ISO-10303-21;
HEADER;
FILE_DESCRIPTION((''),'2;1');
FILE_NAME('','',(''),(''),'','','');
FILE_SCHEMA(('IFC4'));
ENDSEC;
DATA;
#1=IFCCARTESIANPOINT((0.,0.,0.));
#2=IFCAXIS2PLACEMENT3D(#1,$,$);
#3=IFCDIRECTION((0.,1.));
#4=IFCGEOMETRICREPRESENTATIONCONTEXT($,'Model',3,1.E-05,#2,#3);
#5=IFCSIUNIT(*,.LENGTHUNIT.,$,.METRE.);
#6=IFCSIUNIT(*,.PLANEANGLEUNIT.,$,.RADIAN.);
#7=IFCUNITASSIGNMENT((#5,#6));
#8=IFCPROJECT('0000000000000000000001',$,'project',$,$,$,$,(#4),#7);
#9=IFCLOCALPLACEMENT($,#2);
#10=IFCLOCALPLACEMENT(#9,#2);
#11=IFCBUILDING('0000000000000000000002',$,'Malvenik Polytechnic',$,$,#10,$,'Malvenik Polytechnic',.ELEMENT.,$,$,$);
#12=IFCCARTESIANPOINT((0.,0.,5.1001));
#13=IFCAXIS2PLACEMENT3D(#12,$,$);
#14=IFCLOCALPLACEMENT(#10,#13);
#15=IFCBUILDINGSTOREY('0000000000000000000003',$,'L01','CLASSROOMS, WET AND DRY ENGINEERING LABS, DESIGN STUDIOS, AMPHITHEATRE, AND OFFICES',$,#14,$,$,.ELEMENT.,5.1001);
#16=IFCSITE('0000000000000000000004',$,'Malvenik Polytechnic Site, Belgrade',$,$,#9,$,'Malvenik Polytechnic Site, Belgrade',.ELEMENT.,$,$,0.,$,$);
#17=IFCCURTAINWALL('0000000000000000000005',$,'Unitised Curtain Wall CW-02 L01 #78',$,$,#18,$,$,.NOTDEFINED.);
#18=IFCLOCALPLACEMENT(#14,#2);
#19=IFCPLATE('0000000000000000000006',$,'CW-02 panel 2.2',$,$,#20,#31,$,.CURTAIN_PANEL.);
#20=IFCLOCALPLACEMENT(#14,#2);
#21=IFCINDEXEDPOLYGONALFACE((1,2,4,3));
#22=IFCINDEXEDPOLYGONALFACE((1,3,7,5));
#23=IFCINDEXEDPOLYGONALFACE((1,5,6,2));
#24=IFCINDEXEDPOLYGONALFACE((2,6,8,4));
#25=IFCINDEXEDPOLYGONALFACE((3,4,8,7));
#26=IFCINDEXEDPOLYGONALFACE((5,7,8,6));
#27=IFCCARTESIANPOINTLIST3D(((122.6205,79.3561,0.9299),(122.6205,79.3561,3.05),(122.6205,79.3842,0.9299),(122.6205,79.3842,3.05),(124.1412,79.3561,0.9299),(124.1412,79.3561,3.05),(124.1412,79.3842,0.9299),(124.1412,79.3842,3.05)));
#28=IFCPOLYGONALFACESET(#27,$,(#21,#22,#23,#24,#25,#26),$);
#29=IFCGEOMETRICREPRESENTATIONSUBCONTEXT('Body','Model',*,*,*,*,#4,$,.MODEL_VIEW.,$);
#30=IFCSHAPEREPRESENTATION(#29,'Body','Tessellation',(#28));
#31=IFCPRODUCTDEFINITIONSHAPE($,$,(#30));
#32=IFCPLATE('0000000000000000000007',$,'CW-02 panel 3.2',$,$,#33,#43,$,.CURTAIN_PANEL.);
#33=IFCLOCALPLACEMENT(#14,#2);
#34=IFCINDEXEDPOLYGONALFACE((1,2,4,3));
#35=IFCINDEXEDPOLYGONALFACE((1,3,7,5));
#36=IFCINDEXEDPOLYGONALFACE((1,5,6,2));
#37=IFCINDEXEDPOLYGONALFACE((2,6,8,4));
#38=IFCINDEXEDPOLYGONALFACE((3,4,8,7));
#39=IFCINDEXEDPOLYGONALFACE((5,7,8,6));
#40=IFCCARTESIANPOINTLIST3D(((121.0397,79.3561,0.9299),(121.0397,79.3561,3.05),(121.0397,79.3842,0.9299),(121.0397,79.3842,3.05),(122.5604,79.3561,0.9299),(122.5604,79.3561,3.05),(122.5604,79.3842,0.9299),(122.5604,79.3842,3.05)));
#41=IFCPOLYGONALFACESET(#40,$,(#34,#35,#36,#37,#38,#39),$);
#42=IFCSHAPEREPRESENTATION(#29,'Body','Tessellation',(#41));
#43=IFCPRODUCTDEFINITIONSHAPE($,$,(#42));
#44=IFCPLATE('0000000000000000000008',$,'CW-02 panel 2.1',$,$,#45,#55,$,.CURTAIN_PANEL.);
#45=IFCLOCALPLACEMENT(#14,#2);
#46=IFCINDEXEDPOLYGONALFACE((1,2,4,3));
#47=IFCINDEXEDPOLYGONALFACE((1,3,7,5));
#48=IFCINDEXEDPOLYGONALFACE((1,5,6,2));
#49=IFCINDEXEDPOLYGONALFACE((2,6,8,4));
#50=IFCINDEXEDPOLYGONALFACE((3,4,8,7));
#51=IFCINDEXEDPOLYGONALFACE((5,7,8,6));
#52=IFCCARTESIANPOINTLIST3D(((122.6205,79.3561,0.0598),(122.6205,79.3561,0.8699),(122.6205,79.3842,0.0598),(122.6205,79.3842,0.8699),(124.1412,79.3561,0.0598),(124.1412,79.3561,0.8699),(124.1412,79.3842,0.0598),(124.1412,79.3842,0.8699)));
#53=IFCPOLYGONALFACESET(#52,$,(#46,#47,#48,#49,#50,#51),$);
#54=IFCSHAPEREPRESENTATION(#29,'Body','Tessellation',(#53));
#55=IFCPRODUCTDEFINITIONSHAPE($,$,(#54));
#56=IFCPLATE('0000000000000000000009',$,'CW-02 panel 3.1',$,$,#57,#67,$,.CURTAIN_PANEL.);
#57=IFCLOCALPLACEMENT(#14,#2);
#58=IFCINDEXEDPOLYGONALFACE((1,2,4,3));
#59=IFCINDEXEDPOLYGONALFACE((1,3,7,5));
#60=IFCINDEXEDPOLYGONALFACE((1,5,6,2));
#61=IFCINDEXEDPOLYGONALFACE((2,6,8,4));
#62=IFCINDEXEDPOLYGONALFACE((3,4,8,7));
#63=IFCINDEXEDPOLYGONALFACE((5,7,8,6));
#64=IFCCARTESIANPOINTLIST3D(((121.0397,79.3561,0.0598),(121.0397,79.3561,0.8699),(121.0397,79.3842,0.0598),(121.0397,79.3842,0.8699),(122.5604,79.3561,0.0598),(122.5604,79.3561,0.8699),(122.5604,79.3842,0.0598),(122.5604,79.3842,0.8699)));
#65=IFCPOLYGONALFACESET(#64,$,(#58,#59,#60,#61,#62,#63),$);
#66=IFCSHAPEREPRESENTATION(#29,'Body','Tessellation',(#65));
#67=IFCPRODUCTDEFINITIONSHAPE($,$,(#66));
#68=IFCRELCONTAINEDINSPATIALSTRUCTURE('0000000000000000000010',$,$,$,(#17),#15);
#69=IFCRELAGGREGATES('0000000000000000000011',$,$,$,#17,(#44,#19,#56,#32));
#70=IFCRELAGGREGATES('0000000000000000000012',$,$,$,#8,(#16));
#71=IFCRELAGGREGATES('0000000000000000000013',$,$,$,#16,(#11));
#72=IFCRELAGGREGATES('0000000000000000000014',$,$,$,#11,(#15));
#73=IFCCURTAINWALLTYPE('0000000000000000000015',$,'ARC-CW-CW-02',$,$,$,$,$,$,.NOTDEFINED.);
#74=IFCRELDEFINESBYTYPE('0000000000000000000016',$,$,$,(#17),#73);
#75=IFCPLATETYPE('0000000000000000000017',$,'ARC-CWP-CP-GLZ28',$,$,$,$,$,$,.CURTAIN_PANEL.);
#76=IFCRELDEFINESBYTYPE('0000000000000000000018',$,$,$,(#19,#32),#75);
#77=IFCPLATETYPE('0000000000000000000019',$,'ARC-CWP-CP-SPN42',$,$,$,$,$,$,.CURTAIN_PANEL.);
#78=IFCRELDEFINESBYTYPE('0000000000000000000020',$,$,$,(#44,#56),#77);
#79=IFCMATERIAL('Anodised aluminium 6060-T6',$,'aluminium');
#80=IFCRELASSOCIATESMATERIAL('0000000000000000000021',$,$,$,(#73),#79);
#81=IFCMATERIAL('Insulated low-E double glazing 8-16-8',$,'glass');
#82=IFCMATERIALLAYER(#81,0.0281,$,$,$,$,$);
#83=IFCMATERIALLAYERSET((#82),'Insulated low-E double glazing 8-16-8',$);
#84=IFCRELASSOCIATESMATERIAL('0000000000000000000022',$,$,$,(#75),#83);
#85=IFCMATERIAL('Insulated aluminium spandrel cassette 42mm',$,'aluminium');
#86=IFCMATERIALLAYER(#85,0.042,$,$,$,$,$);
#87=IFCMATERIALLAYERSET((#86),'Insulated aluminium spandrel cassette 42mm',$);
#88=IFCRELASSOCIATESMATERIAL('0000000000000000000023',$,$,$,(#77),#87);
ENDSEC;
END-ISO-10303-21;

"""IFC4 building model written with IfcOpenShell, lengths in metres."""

from ifc_helpers import new_model, si_unit, direction, frame, origin, origin_2d, place, context, subcontext, project, spatial, rectangle, extrude, material, layer, layer_set, type_object, element, aggregate, save


model = new_model("IFC4")

# Units and contexts
model_context = context("Model", 3, precision=1e-05, world=origin(), true_north=direction((0.0, 1.0)))
body_context = subcontext(model_context, "Body", "Model", "MODEL_VIEW")
ifc_project = project(units=[si_unit("LENGTHUNIT", "METRE"), si_unit("PLANEANGLEUNIT", "RADIAN")], contexts=[model_context])

# Site, building, storey
site_placement = place(None, origin())
site = spatial("IfcSite", under=ifc_project, at=site_placement, Name="Malvenik Polytechnic Site, Belgrade", LongName="Malvenik Polytechnic Site, Belgrade", CompositionType="ELEMENT", RefElevation=0.0)
building_placement = place(site_placement, origin())
building = spatial("IfcBuilding", under=site, at=building_placement, Name="Malvenik Polytechnic", LongName="Malvenik Polytechnic", CompositionType="ELEMENT")
storey_placement = place(building_placement, frame((0.0, 0.0, 5.1001)))
storey = spatial("IfcBuildingStorey", under=building, at=storey_placement, Name="L01", Description="CLASSROOMS, WET AND DRY ENGINEERING LABS, DESIGN STUDIOS, AMPHITHEATRE, AND OFFICES", CompositionType="ELEMENT", Elevation=5.1001)

# Curtain wall
ifc_material_1 = material(Name="Anodised aluminium 6060-T6", Category="aluminium")
curtain_wall_type = type_object("IfcCurtainWallType", Name="ARC-CW-CW-02", PredefinedType="NOTDEFINED", material=ifc_material_1)
curtain_wall_placement = place(storey_placement, origin())
curtain_wall = element("IfcCurtainWall", 1, at=curtain_wall_placement, inside=storey, type_object=curtain_wall_type, Name="Unitised Curtain Wall CW-02 L01 #78", PredefinedType="NOTDEFINED")

# Plates
ifc_material_2 = material(Name="Insulated low-E double glazing 8-16-8", Category="glass")
ifc_layer_1 = layer(ifc_material_2, 0.0281)
ifc_layer_set_1 = layer_set([ifc_layer_1], Name="Insulated low-E double glazing 8-16-8")
plate_type_1 = type_object("IfcPlateType", Name="ARC-CWP-CP-GLZ28", PredefinedType="CURTAIN_PANEL", material=ifc_layer_set_1)
plate_1_placement = place(storey_placement, frame((123.3809, 79.3701, 0.9299), z_axis=(0.0, 0.0, 1.0), x_axis=(-1.0, 0.0, 0.0)))
plate_1 = element("IfcPlate", 2, at=plate_1_placement, type_object=plate_type_1, Name="CW-02 panel 2.2", PredefinedType="CURTAIN_PANEL", context=body_context, shape_type="SweptSolid", body=[
    extrude(rectangle(XDim=1.5208, YDim=0.0281, at=origin_2d()), origin(), (0.0, 0.0, 1.0), 2.1201),
])
plate_2_placement = place(storey_placement, frame((121.8, 79.3701, 0.9299), z_axis=(0.0, 0.0, 1.0), x_axis=(-1.0, 0.0, 0.0)))
plate_2 = element("IfcPlate", 3, at=plate_2_placement, type_object=plate_type_1, Name="CW-02 panel 3.2", PredefinedType="CURTAIN_PANEL", context=body_context, shape_type="SweptSolid", body=[
    extrude(rectangle(XDim=1.5208, YDim=0.0281, at=origin_2d()), origin(), (0.0, 0.0, 1.0), 2.1201),
])
ifc_material_3 = material(Name="Insulated aluminium spandrel cassette 42mm", Category="aluminium")
ifc_layer_2 = layer(ifc_material_3, 0.042)
ifc_layer_set_2 = layer_set([ifc_layer_2], Name="Insulated aluminium spandrel cassette 42mm")
plate_type_2 = type_object("IfcPlateType", Name="ARC-CWP-CP-SPN42", PredefinedType="CURTAIN_PANEL", material=ifc_layer_set_2)
plate_3_placement = place(storey_placement, frame((123.3809, 79.3701, 0.0598), z_axis=(0.0, 0.0, 1.0), x_axis=(-1.0, 0.0, 0.0)))
plate_3 = element("IfcPlate", 4, at=plate_3_placement, type_object=plate_type_2, Name="CW-02 panel 2.1", PredefinedType="CURTAIN_PANEL", context=body_context, shape_type="SweptSolid", body=[
    extrude(rectangle(XDim=1.5208, YDim=0.0281, at=origin_2d()), origin(), (0.0, 0.0, 1.0), 0.8101),
])
plate_4_placement = place(storey_placement, frame((121.8, 79.3701, 0.0598), z_axis=(0.0, 0.0, 1.0), x_axis=(-1.0, 0.0, 0.0)))
plate_4 = element("IfcPlate", 5, at=plate_4_placement, type_object=plate_type_2, Name="CW-02 panel 3.1", PredefinedType="CURTAIN_PANEL", context=body_context, shape_type="SweptSolid", body=[
    extrude(rectangle(XDim=1.5208, YDim=0.0281, at=origin_2d()), origin(), (0.0, 0.0, 1.0), 0.8101),
])
aggregate(curtain_wall, [plate_3, plate_1, plate_4, plate_2])

save(model, "model.ifc")
